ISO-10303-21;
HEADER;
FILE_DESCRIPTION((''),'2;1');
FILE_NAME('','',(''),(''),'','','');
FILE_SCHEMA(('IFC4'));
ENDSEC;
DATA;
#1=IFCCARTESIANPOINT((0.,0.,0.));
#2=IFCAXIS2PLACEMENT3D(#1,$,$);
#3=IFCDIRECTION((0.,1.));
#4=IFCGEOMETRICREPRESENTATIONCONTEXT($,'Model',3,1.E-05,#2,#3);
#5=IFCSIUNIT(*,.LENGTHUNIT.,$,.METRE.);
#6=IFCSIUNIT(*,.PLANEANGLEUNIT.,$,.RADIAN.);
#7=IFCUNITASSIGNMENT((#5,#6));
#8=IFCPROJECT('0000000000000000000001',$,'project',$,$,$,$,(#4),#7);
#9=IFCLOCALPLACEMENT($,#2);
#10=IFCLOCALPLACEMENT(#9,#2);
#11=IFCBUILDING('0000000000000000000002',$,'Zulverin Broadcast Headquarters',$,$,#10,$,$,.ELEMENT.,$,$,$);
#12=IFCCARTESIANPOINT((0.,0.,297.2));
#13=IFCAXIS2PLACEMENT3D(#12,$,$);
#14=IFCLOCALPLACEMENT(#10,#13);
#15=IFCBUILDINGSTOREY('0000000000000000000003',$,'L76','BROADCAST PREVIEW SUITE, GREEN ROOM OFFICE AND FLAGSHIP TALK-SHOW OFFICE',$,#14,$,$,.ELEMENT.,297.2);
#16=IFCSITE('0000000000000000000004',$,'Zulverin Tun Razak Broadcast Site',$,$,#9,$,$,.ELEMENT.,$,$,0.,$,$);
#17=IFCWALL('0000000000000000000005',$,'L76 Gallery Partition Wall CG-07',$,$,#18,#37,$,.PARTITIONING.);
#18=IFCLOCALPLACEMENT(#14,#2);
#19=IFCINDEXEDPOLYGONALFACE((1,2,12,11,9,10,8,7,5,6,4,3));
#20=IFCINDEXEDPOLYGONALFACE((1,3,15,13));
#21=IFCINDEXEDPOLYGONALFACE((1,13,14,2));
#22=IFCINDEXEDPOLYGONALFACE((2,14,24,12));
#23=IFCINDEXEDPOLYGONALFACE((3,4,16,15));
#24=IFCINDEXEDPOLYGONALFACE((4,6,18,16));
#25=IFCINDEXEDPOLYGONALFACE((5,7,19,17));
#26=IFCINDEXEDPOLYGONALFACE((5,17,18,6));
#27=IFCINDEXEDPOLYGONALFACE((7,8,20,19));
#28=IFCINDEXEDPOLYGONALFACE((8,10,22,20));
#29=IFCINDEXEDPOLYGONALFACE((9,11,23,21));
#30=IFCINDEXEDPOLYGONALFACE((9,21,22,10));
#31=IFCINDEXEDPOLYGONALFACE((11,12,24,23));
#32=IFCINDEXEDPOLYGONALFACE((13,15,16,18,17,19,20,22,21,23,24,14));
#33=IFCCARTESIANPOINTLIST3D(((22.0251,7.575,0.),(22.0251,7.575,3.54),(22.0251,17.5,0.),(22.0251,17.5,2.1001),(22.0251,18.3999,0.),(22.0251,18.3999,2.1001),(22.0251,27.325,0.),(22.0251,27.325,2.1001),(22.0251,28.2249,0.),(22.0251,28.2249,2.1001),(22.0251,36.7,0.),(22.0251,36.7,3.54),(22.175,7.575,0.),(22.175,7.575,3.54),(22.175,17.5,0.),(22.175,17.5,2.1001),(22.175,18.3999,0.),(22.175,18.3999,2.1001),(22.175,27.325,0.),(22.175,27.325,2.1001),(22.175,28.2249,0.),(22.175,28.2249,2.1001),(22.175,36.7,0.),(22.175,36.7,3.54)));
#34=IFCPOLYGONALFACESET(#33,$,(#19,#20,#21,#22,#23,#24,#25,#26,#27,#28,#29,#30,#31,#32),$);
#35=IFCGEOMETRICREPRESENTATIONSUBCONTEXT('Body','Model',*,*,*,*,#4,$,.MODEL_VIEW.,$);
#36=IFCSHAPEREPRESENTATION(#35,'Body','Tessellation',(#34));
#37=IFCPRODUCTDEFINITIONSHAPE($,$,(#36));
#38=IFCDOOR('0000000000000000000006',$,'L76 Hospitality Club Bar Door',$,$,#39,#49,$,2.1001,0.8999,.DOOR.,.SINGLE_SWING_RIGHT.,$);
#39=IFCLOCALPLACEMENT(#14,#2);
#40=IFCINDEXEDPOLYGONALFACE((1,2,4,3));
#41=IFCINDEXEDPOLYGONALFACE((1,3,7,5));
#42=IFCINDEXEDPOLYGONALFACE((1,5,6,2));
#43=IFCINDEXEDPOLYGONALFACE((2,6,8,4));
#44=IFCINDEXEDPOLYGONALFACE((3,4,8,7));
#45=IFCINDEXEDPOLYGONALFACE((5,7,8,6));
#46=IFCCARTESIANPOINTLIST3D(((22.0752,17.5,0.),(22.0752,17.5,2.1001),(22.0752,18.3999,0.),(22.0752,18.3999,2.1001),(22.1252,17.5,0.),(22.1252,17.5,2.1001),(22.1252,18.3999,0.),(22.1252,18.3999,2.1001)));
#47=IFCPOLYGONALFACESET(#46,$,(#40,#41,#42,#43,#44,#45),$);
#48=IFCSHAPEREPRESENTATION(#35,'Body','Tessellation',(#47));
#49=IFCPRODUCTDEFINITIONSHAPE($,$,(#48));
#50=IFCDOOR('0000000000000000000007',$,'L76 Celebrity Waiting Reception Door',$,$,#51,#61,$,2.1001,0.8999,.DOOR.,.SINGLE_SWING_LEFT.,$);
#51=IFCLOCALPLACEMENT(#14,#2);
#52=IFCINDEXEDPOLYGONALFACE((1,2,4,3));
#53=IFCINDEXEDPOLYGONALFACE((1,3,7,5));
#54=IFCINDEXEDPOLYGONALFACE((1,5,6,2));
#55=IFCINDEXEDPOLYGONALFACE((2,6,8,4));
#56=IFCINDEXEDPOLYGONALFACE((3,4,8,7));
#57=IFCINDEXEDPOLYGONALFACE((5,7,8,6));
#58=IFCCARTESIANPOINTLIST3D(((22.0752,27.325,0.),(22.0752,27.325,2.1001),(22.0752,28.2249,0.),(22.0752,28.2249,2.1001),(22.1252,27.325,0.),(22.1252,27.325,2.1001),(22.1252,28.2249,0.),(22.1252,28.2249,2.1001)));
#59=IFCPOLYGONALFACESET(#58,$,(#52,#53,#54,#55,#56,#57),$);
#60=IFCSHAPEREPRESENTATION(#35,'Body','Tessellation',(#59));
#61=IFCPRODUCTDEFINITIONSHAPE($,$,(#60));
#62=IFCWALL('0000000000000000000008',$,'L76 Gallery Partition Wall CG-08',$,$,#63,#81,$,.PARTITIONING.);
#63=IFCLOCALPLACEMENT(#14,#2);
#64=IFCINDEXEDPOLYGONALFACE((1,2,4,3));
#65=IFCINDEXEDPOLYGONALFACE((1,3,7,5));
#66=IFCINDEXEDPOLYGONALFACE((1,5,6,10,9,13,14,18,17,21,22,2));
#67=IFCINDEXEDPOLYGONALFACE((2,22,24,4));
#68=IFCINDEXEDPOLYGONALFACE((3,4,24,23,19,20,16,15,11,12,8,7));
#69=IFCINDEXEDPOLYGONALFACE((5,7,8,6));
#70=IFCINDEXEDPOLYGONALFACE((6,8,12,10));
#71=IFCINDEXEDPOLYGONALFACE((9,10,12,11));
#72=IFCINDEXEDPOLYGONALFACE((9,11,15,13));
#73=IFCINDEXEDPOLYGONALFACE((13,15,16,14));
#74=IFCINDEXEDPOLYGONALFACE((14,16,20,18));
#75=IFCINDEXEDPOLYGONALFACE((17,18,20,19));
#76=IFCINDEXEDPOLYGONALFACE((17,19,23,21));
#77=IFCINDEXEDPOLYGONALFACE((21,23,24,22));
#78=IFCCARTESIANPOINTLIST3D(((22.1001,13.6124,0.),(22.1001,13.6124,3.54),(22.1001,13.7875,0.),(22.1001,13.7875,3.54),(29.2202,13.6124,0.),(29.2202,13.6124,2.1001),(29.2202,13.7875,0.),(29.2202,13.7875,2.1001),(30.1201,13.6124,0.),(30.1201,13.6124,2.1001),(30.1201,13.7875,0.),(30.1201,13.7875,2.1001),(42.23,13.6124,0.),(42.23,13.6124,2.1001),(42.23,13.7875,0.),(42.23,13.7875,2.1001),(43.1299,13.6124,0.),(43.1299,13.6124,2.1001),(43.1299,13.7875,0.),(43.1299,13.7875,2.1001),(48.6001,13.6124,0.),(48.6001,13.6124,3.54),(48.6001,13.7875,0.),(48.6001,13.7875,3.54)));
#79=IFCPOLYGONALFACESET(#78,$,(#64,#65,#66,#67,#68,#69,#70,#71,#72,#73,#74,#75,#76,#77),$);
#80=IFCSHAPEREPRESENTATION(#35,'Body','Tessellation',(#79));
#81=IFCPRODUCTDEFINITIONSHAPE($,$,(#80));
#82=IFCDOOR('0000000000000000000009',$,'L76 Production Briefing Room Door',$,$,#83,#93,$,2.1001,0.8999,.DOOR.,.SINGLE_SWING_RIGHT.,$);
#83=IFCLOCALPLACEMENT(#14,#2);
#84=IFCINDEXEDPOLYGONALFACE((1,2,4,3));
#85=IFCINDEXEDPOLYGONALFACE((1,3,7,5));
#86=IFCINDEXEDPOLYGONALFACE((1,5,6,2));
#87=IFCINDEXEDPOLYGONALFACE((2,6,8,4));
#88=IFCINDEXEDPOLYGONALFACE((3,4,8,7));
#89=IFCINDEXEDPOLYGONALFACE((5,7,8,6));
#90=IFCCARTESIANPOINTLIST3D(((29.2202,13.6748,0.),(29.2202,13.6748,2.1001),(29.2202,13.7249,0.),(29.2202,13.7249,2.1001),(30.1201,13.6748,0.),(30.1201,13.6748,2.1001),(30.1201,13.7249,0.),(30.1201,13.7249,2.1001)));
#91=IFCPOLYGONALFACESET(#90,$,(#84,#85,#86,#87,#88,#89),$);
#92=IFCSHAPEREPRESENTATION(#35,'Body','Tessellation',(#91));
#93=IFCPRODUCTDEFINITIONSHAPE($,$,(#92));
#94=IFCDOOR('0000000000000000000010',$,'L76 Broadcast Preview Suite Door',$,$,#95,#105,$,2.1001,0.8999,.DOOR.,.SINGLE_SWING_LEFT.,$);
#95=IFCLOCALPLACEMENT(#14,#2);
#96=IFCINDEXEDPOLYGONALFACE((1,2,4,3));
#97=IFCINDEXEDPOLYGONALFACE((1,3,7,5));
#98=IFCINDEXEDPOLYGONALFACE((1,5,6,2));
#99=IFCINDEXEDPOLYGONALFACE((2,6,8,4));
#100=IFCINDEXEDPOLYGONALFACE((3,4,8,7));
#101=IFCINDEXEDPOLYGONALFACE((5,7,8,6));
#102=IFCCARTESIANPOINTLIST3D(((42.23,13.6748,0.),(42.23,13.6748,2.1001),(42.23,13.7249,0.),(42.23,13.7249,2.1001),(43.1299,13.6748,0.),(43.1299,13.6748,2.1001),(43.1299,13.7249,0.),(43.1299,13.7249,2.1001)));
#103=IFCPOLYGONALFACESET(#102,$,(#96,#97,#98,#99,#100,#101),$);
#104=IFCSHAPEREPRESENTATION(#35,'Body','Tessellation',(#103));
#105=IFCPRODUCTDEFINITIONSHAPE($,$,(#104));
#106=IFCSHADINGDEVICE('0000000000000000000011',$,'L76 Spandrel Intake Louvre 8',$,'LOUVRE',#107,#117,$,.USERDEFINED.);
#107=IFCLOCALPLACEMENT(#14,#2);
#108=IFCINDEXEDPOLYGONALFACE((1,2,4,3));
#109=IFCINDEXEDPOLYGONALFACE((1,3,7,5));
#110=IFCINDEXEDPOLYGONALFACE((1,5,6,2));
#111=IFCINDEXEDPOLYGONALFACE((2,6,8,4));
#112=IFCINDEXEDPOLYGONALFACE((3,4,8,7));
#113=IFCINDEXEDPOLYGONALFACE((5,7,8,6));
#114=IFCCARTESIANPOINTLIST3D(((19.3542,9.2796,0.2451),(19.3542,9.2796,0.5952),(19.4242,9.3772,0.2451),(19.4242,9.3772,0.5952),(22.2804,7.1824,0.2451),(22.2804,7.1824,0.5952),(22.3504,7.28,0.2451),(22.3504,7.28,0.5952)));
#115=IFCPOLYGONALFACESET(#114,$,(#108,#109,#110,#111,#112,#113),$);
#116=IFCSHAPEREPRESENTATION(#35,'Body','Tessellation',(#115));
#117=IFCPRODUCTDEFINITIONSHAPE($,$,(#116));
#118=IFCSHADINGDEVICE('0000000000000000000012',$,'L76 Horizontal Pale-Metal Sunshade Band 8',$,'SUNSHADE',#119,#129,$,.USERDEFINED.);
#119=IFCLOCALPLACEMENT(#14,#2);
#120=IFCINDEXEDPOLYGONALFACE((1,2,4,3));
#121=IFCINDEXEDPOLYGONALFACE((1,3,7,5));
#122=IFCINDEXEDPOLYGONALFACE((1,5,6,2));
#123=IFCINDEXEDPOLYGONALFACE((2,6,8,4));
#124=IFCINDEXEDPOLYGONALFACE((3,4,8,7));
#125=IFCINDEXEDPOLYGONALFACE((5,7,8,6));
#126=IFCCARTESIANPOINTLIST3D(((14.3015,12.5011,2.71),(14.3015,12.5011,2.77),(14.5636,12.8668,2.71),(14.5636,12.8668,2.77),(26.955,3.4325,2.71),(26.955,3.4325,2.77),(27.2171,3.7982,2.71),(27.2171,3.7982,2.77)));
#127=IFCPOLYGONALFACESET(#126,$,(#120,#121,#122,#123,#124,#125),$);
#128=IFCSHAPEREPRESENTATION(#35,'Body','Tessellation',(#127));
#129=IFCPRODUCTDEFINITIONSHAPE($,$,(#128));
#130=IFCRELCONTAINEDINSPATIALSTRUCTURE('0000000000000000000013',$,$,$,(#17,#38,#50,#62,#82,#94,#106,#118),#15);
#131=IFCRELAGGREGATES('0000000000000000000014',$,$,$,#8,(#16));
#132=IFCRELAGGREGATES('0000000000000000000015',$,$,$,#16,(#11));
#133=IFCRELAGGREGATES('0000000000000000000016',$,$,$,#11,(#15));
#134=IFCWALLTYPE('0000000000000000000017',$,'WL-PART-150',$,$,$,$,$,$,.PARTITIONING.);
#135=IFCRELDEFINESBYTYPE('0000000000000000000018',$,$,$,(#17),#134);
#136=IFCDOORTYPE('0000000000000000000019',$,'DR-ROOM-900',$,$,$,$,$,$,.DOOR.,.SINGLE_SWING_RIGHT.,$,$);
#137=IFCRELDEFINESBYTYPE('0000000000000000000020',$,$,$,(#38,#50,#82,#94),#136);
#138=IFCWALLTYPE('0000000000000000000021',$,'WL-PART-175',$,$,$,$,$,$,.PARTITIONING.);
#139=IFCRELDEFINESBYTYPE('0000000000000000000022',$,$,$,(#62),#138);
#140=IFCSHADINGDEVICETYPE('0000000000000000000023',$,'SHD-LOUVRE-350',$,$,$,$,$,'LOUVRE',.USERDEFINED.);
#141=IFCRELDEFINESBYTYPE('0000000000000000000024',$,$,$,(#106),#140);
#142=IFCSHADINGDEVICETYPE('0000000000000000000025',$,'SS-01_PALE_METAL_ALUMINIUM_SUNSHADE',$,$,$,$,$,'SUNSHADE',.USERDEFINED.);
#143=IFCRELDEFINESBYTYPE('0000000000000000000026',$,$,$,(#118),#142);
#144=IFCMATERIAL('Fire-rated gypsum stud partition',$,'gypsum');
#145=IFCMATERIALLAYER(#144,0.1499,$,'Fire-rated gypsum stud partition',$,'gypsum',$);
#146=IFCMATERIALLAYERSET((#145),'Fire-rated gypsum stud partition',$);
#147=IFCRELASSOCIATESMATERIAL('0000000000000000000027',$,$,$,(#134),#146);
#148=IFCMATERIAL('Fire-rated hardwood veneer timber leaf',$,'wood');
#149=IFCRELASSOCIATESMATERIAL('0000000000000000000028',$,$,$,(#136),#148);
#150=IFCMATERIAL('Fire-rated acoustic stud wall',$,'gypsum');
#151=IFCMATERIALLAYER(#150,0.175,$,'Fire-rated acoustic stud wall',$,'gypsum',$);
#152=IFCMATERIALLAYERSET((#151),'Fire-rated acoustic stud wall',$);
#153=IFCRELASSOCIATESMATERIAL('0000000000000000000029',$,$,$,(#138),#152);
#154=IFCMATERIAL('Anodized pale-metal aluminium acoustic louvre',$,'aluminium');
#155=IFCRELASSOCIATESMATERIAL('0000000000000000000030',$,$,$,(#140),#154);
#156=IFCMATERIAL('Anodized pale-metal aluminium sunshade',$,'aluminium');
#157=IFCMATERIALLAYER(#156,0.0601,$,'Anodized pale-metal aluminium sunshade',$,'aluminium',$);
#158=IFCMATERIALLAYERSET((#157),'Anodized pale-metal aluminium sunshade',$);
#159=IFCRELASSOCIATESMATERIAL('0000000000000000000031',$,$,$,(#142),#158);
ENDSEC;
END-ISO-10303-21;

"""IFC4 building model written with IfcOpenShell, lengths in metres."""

from ifc_helpers import new_model, si_unit, direction, frame, frame_2d, origin, origin_2d, place, context, subcontext, project, spatial, rectangle, extrude, material, layer, layer_set, type_object, element, fill, save


model = new_model("IFC4")

# Units and contexts
model_context = context("Model", 3, precision=1e-05, world=origin(), true_north=direction((0.0, 1.0)))
body_context = subcontext(model_context, "Body", "Model", "MODEL_VIEW")
ifc_project = project(units=[si_unit("LENGTHUNIT", "METRE"), si_unit("PLANEANGLEUNIT", "RADIAN")], contexts=[model_context])

# Site, building, storey
site_placement = place(None, origin())
site = spatial("IfcSite", under=ifc_project, at=site_placement, Name="Zulverin Tun Razak Broadcast Site", CompositionType="ELEMENT", RefElevation=0.0)
building_placement = place(site_placement, origin())
building = spatial("IfcBuilding", under=site, at=building_placement, Name="Zulverin Broadcast Headquarters", CompositionType="ELEMENT")
storey_placement = place(building_placement, frame((0.0, 0.0, 297.2)))
storey = spatial("IfcBuildingStorey", under=building, at=storey_placement, Name="L76", Description="BROADCAST PREVIEW SUITE, GREEN ROOM OFFICE AND FLAGSHIP TALK-SHOW OFFICE", CompositionType="ELEMENT", Elevation=297.2)

# Walls, openings, doors
ifc_material_1 = material(Name="Fire-rated gypsum stud partition", Category="gypsum")
ifc_layer_1 = layer(ifc_material_1, 0.1499, Name="Fire-rated gypsum stud partition", Category="gypsum")
ifc_layer_set_1 = layer_set([ifc_layer_1], Name="Fire-rated gypsum stud partition")
wall_type_1 = type_object("IfcWallType", Name="WL-PART-150", PredefinedType="PARTITIONING", material=ifc_layer_set_1)
wall_1_placement = place(storey_placement, frame((22.1001, 7.575, 0.0), z_axis=(0.0, 0.0, 1.0), x_axis=(0.0, 1.0, 0.0)))
wall_1 = element("IfcWall", 1, at=wall_1_placement, inside=storey, type_object=wall_type_1, Name="L76 Gallery Partition Wall CG-07", PredefinedType="PARTITIONING", context=body_context, shape_type="SweptSolid", body=[
    extrude(rectangle(XDim=29.125, YDim=0.1499, at=frame_2d((14.5625, 0.0))), origin(), (0.0, 0.0, 1.0), 3.54),
])
opening_1_placement = place(wall_1_placement, frame((9.925, 0.0, 0.0)))
opening_1 = element("IfcOpeningElement", 2, at=opening_1_placement, cuts=wall_1, PredefinedType="OPENING", context=body_context, shape_type="SweptSolid", body=[
    extrude(rectangle(XDim=0.8999, YDim=2.1001, at=frame_2d((0.45, 1.05))), frame((0.0, 0.085, 0.0), z_axis=(0.0, -1.0, 0.0), x_axis=(1.0, 0.0, 0.0)), (0.0, 0.0, 1.0), 0.1699),
])
opening_2_placement = place(wall_1_placement, frame((19.75, 0.0, 0.0)))
opening_2 = element("IfcOpeningElement", 3, at=opening_2_placement, cuts=wall_1, PredefinedType="OPENING", context=body_context, shape_type="SweptSolid", body=[
    extrude(rectangle(XDim=0.8999, YDim=2.1001, at=frame_2d((0.45, 1.05))), frame((0.0, 0.085, 0.0), z_axis=(0.0, -1.0, 0.0), x_axis=(1.0, 0.0, 0.0)), (0.0, 0.0, 1.0), 0.1699),
])
ifc_material_2 = material(Name="Fire-rated hardwood veneer timber leaf", Category="wood")
door_type_1 = type_object("IfcDoorType", Name="DR-ROOM-900", OperationType="SINGLE_SWING_RIGHT", PredefinedType="DOOR", material=ifc_material_2)
door_1_placement = place(opening_1_placement, origin())
door_1 = element("IfcDoor", 4, at=door_1_placement, inside=storey, type_object=door_type_1, Name="L76 Hospitality Club Bar Door", OperationType="SINGLE_SWING_RIGHT", OverallHeight=2.1001, OverallWidth=0.8999, PredefinedType="DOOR", context=body_context, shape_type="SweptSolid", body=[
    extrude(rectangle(XDim=0.8999, YDim=2.1001, at=frame_2d((0.45, 1.05))), frame((0.0, 0.0249, 0.0), z_axis=(0.0, -1.0, 0.0), x_axis=(1.0, 0.0, 0.0)), (0.0, 0.0, 1.0), 0.05),
])
fill(opening_1, door_1)
door_2_placement = place(opening_2_placement, origin())
door_2 = element("IfcDoor", 5, at=door_2_placement, inside=storey, type_object=door_type_1, Name="L76 Celebrity Waiting Reception Door", OperationType="SINGLE_SWING_LEFT", OverallHeight=2.1001, OverallWidth=0.8999, PredefinedType="DOOR", context=body_context, shape_type="SweptSolid", body=[
    extrude(rectangle(XDim=0.8999, YDim=2.1001, at=frame_2d((0.45, 1.05))), frame((0.0, 0.0249, 0.0), z_axis=(0.0, -1.0, 0.0), x_axis=(1.0, 0.0, 0.0)), (0.0, 0.0, 1.0), 0.05),
])
fill(opening_2, door_2)
ifc_material_3 = material(Name="Fire-rated acoustic stud wall", Category="gypsum")
ifc_layer_2 = layer(ifc_material_3, 0.175, Name="Fire-rated acoustic stud wall", Category="gypsum")
ifc_layer_set_2 = layer_set([ifc_layer_2], Name="Fire-rated acoustic stud wall")
wall_type_2 = type_object("IfcWallType", Name="WL-PART-175", PredefinedType="PARTITIONING", material=ifc_layer_set_2)
wall_2_placement = place(storey_placement, frame((22.1001, 13.7, 0.0), z_axis=(0.0, 0.0, 1.0), x_axis=(1.0, 0.0, 0.0)))
wall_2 = element("IfcWall", 6, at=wall_2_placement, inside=storey, type_object=wall_type_2, Name="L76 Gallery Partition Wall CG-08", PredefinedType="PARTITIONING", context=body_context, shape_type="SweptSolid", body=[
    extrude(rectangle(XDim=26.5, YDim=0.175, at=frame_2d((13.25, 0.0))), origin(), (0.0, 0.0, 1.0), 3.54),
])
opening_3_placement = place(wall_2_placement, frame((7.1201, 0.0, 0.0)))
opening_3 = element("IfcOpeningElement", 7, at=opening_3_placement, cuts=wall_2, PredefinedType="OPENING", context=body_context, shape_type="SweptSolid", body=[
    extrude(rectangle(XDim=0.8999, YDim=2.1001, at=frame_2d((0.45, 1.05))), frame((0.0, 0.0974, 0.0), z_axis=(0.0, -1.0, 0.0), x_axis=(1.0, 0.0, 0.0)), (0.0, 0.0, 1.0), 0.1951),
])
opening_4_placement = place(wall_2_placement, frame((20.1299, 0.0, 0.0)))
opening_4 = element("IfcOpeningElement", 8, at=opening_4_placement, cuts=wall_2, PredefinedType="OPENING", context=body_context, shape_type="SweptSolid", body=[
    extrude(rectangle(XDim=0.8999, YDim=2.1001, at=frame_2d((0.45, 1.05))), frame((0.0, 0.0974, 0.0), z_axis=(0.0, -1.0, 0.0), x_axis=(1.0, 0.0, 0.0)), (0.0, 0.0, 1.0), 0.1951),
])
door_3_placement = place(opening_3_placement, origin())
door_3 = element("IfcDoor", 9, at=door_3_placement, inside=storey, type_object=door_type_1, Name="L76 Production Briefing Room Door", OperationType="SINGLE_SWING_RIGHT", OverallHeight=2.1001, OverallWidth=0.8999, PredefinedType="DOOR", context=body_context, shape_type="SweptSolid", body=[
    extrude(rectangle(XDim=0.8999, YDim=2.1001, at=frame_2d((0.45, 1.05))), frame((0.0, 0.0249, 0.0), z_axis=(0.0, -1.0, 0.0), x_axis=(1.0, 0.0, 0.0)), (0.0, 0.0, 1.0), 0.05),
])
fill(opening_3, door_3)
door_4_placement = place(opening_4_placement, origin())
door_4 = element("IfcDoor", 10, at=door_4_placement, inside=storey, type_object=door_type_1, Name="L76 Broadcast Preview Suite Door", OperationType="SINGLE_SWING_LEFT", OverallHeight=2.1001, OverallWidth=0.8999, PredefinedType="DOOR", context=body_context, shape_type="SweptSolid", body=[
    extrude(rectangle(XDim=0.8999, YDim=2.1001, at=frame_2d((0.45, 1.05))), frame((0.0, 0.0249, 0.0), z_axis=(0.0, -1.0, 0.0), x_axis=(1.0, 0.0, 0.0)), (0.0, 0.0, 1.0), 0.05),
])
fill(opening_4, door_4)

# Shading devices
ifc_material_4 = material(Name="Anodized pale-metal aluminium acoustic louvre", Category="aluminium")
shading_device_type_1 = type_object("IfcShadingDeviceType", Name="SHD-LOUVRE-350", ElementType="LOUVRE", PredefinedType="USERDEFINED", material=ifc_material_4)
shading_device_1_placement = place(storey_placement, frame((20.8523, 8.2798, 0.2451), z_axis=(0.0, 0.0, 1.0), x_axis=(0.812809, -0.58253, 0.0)))
element("IfcShadingDevice", 11, at=shading_device_1_placement, inside=storey, type_object=shading_device_type_1, Name="L76 Spandrel Intake Louvre 8", ObjectType="LOUVRE", PredefinedType="USERDEFINED", context=body_context, shape_type="SweptSolid", body=[
    extrude(rectangle(XDim=3.6001, YDim=0.1201, at=origin_2d()), origin(), (0.0, 0.0, 1.0), 0.3501),
])
ifc_material_5 = material(Name="Anodized pale-metal aluminium sunshade", Category="aluminium")
ifc_layer_3 = layer(ifc_material_5, 0.0601, Name="Anodized pale-metal aluminium sunshade", Category="aluminium")
ifc_layer_set_3 = layer_set([ifc_layer_3], Name="Anodized pale-metal aluminium sunshade")
shading_device_type_2 = type_object("IfcShadingDeviceType", Name="SS-01_PALE_METAL_ALUMINIUM_SUNSHADE", ElementType="SUNSHADE", PredefinedType="USERDEFINED", material=ifc_layer_set_3)
shading_device_2_placement = place(storey_placement, frame((20.7593, 8.1497, 2.71), z_axis=(0.0, 0.0, 1.0), x_axis=(0.812809, -0.58253, 0.0)))
element("IfcShadingDevice", 12, at=shading_device_2_placement, inside=storey, type_object=shading_device_type_2, Name="L76 Horizontal Pale-Metal Sunshade Band 8", ObjectType="SUNSHADE", PredefinedType="USERDEFINED", context=body_context, shape_type="SweptSolid", body=[
    extrude(rectangle(XDim=15.5676, YDim=0.45, at=origin_2d()), origin(), (0.0, 0.0, 1.0), 0.0601),
])

save(model, "model.ifc")
